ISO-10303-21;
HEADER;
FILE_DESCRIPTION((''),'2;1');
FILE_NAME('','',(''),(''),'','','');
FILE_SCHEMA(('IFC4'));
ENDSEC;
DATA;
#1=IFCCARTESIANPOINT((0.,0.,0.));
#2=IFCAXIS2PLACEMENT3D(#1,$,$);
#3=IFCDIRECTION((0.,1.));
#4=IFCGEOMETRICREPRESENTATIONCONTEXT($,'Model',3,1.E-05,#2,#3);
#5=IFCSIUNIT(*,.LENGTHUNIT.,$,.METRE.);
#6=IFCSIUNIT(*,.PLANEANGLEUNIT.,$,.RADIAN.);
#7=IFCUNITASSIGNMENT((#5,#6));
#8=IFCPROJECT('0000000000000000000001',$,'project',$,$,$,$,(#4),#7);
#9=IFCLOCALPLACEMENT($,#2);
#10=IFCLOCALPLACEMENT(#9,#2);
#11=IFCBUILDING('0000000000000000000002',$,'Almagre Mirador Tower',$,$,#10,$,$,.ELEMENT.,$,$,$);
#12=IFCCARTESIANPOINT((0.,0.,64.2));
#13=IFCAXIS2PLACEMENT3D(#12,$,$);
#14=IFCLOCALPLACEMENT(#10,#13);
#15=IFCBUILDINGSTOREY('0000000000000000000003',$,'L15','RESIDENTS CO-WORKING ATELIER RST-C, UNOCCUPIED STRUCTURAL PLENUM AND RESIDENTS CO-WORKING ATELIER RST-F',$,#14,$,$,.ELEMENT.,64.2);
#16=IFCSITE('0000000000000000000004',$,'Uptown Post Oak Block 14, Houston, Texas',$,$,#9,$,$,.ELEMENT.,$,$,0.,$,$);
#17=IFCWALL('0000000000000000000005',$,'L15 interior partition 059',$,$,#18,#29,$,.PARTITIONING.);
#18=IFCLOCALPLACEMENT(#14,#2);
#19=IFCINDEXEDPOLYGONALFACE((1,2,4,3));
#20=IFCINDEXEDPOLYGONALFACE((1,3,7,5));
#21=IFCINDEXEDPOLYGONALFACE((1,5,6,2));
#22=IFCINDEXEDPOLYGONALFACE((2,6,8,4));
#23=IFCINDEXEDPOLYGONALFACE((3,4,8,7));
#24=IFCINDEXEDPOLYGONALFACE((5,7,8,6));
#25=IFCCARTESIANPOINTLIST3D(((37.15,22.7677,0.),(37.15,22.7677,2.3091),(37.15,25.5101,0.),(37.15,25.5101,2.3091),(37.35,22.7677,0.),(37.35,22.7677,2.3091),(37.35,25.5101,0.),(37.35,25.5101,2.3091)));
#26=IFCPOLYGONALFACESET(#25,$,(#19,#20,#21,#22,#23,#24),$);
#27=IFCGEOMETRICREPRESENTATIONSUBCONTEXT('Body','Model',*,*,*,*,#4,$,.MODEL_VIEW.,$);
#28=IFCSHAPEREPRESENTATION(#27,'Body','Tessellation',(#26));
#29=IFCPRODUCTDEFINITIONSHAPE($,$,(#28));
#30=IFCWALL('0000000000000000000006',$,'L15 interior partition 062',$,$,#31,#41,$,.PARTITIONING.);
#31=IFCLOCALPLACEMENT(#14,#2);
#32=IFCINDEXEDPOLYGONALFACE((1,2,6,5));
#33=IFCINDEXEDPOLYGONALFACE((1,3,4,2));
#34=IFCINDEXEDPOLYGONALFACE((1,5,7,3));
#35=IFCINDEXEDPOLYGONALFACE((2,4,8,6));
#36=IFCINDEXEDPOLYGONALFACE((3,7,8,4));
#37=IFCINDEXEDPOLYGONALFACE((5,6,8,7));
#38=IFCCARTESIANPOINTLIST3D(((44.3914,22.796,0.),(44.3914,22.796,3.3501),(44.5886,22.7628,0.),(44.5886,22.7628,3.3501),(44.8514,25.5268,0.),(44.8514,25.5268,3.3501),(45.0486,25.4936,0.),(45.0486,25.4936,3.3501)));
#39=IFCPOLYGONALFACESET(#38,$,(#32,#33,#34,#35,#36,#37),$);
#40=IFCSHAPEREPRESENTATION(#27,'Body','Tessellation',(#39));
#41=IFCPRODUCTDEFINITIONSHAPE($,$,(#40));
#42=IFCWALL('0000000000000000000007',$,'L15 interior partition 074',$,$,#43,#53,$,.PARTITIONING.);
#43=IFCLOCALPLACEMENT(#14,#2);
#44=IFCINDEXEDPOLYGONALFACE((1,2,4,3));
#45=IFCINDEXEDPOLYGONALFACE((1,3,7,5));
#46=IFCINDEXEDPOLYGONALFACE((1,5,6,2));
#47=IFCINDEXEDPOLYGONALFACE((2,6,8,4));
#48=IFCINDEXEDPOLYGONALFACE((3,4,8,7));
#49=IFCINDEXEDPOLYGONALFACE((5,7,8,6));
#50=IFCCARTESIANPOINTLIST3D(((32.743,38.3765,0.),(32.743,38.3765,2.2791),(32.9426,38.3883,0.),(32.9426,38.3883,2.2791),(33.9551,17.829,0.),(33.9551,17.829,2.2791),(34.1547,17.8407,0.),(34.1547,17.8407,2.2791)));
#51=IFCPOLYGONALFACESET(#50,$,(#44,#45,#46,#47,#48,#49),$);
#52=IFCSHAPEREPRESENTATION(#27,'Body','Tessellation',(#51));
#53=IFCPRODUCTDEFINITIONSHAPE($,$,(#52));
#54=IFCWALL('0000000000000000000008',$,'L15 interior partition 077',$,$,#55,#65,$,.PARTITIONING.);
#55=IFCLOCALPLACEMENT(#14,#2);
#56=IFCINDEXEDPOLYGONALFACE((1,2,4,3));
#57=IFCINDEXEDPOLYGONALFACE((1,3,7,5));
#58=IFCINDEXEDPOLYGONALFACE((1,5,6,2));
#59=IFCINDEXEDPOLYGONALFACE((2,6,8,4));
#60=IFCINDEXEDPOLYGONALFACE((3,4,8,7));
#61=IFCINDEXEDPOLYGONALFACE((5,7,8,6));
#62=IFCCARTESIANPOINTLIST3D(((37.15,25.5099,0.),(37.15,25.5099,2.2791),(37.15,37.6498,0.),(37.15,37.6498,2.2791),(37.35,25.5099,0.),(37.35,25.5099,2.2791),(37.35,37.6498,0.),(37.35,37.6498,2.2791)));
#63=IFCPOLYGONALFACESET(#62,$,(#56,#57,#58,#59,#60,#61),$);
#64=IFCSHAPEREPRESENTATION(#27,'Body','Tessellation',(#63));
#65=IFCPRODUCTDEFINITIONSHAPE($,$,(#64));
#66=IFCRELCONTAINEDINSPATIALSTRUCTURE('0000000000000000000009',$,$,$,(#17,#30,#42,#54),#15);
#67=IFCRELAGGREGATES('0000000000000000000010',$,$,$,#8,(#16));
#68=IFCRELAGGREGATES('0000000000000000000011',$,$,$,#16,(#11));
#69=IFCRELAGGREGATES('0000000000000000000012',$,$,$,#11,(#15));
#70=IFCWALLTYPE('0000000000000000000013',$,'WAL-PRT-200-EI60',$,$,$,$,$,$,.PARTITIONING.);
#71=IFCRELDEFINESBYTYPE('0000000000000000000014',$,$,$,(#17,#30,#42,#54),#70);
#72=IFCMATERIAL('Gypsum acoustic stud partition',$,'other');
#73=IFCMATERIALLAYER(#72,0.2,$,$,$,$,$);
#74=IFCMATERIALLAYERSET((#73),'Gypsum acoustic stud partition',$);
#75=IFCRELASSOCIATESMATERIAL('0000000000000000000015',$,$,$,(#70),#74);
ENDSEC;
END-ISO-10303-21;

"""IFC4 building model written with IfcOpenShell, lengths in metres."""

from ifc_helpers import new_model, si_unit, direction, frame, frame_2d, origin, place, context, subcontext, project, spatial, rectangle, extrude, material, layer, layer_set, type_object, element, save


model = new_model("IFC4")

# Units and contexts
model_context = context("Model", 3, precision=1e-05, world=origin(), true_north=direction((0.0, 1.0)))
body_context = subcontext(model_context, "Body", "Model", "MODEL_VIEW")
ifc_project = project(units=[si_unit("LENGTHUNIT", "METRE"), si_unit("PLANEANGLEUNIT", "RADIAN")], contexts=[model_context])

# Site, building, storey
site_placement = place(None, origin())
site = spatial("IfcSite", under=ifc_project, at=site_placement, Name="Uptown Post Oak Block 14, Houston, Texas", CompositionType="ELEMENT", RefElevation=0.0)
building_placement = place(site_placement, origin())
building = spatial("IfcBuilding", under=site, at=building_placement, Name="Almagre Mirador Tower", CompositionType="ELEMENT")
storey_placement = place(building_placement, frame((0.0, 0.0, 64.2)))
storey = spatial("IfcBuildingStorey", under=building, at=storey_placement, Name="L15", Description="RESIDENTS CO-WORKING ATELIER RST-C, UNOCCUPIED STRUCTURAL PLENUM AND RESIDENTS CO-WORKING ATELIER RST-F", CompositionType="ELEMENT", Elevation=64.2)

# Shared definitions
ifc_material_1 = material(Name="Gypsum acoustic stud partition", Category="other")
ifc_layer_1 = layer(ifc_material_1, 0.2)
ifc_layer_set_1 = layer_set([ifc_layer_1], Name="Gypsum acoustic stud partition")
wall_type_1 = type_object("IfcWallType", Name="WAL-PRT-200-EI60", PredefinedType="PARTITIONING", material=ifc_layer_set_1)

# Walls
wall_1_placement = place(storey_placement, frame((37.25, 25.51, 0.0), z_axis=(0.0, 0.0, 1.0), x_axis=(0.0, -1.0, 0.0)))
element("IfcWall", 1, at=wall_1_placement, inside=storey, type_object=wall_type_1, Name="L15 interior partition 059", PredefinedType="PARTITIONING", context=body_context, shape_type="SweptSolid", body=[
    extrude(rectangle(XDim=2.7424, YDim=0.2, at=frame_2d((1.3711, 0.0))), origin(), (0.0, 0.0, 1.0), 2.3091),
])
wall_2_placement = place(storey_placement, frame((44.49, 22.7793, 0.0), z_axis=(0.0, 0.0, 1.0), x_axis=(0.1661, 0.986109, 0.0)))
element("IfcWall", 2, at=wall_2_placement, inside=storey, type_object=wall_type_1, Name="L15 interior partition 062", PredefinedType="PARTITIONING", context=body_context, shape_type="SweptSolid", body=[
    extrude(rectangle(XDim=2.7693, YDim=0.2, at=frame_2d((1.3848, 0.0))), origin(), (0.0, 0.0, 1.0), 3.3501),
])
wall_3_placement = place(storey_placement, frame((34.0549, 17.835, 0.0), z_axis=(0.0, 0.0, 1.0), x_axis=(-0.05889, 0.998264, 0.0)))
element("IfcWall", 3, at=wall_3_placement, inside=storey, type_object=wall_type_1, Name="L15 interior partition 074", PredefinedType="PARTITIONING", context=body_context, shape_type="SweptSolid", body=[
    extrude(rectangle(XDim=20.5833, YDim=0.2, at=frame_2d((10.2915, 0.0))), origin(), (0.0, 0.0, 1.0), 2.2791),
])
wall_4_placement = place(storey_placement, frame((37.25, 25.51, 0.0), z_axis=(0.0, 0.0, 1.0), x_axis=(0.0, 1.0, 0.0)))
element("IfcWall", 4, at=wall_4_placement, inside=storey, type_object=wall_type_1, Name="L15 interior partition 077", PredefinedType="PARTITIONING", context=body_context, shape_type="SweptSolid", body=[
    extrude(rectangle(XDim=12.1399, YDim=0.2, at=frame_2d((6.0698, 0.0))), origin(), (0.0, 0.0, 1.0), 2.2791),
])

save(model, "model.ifc")
